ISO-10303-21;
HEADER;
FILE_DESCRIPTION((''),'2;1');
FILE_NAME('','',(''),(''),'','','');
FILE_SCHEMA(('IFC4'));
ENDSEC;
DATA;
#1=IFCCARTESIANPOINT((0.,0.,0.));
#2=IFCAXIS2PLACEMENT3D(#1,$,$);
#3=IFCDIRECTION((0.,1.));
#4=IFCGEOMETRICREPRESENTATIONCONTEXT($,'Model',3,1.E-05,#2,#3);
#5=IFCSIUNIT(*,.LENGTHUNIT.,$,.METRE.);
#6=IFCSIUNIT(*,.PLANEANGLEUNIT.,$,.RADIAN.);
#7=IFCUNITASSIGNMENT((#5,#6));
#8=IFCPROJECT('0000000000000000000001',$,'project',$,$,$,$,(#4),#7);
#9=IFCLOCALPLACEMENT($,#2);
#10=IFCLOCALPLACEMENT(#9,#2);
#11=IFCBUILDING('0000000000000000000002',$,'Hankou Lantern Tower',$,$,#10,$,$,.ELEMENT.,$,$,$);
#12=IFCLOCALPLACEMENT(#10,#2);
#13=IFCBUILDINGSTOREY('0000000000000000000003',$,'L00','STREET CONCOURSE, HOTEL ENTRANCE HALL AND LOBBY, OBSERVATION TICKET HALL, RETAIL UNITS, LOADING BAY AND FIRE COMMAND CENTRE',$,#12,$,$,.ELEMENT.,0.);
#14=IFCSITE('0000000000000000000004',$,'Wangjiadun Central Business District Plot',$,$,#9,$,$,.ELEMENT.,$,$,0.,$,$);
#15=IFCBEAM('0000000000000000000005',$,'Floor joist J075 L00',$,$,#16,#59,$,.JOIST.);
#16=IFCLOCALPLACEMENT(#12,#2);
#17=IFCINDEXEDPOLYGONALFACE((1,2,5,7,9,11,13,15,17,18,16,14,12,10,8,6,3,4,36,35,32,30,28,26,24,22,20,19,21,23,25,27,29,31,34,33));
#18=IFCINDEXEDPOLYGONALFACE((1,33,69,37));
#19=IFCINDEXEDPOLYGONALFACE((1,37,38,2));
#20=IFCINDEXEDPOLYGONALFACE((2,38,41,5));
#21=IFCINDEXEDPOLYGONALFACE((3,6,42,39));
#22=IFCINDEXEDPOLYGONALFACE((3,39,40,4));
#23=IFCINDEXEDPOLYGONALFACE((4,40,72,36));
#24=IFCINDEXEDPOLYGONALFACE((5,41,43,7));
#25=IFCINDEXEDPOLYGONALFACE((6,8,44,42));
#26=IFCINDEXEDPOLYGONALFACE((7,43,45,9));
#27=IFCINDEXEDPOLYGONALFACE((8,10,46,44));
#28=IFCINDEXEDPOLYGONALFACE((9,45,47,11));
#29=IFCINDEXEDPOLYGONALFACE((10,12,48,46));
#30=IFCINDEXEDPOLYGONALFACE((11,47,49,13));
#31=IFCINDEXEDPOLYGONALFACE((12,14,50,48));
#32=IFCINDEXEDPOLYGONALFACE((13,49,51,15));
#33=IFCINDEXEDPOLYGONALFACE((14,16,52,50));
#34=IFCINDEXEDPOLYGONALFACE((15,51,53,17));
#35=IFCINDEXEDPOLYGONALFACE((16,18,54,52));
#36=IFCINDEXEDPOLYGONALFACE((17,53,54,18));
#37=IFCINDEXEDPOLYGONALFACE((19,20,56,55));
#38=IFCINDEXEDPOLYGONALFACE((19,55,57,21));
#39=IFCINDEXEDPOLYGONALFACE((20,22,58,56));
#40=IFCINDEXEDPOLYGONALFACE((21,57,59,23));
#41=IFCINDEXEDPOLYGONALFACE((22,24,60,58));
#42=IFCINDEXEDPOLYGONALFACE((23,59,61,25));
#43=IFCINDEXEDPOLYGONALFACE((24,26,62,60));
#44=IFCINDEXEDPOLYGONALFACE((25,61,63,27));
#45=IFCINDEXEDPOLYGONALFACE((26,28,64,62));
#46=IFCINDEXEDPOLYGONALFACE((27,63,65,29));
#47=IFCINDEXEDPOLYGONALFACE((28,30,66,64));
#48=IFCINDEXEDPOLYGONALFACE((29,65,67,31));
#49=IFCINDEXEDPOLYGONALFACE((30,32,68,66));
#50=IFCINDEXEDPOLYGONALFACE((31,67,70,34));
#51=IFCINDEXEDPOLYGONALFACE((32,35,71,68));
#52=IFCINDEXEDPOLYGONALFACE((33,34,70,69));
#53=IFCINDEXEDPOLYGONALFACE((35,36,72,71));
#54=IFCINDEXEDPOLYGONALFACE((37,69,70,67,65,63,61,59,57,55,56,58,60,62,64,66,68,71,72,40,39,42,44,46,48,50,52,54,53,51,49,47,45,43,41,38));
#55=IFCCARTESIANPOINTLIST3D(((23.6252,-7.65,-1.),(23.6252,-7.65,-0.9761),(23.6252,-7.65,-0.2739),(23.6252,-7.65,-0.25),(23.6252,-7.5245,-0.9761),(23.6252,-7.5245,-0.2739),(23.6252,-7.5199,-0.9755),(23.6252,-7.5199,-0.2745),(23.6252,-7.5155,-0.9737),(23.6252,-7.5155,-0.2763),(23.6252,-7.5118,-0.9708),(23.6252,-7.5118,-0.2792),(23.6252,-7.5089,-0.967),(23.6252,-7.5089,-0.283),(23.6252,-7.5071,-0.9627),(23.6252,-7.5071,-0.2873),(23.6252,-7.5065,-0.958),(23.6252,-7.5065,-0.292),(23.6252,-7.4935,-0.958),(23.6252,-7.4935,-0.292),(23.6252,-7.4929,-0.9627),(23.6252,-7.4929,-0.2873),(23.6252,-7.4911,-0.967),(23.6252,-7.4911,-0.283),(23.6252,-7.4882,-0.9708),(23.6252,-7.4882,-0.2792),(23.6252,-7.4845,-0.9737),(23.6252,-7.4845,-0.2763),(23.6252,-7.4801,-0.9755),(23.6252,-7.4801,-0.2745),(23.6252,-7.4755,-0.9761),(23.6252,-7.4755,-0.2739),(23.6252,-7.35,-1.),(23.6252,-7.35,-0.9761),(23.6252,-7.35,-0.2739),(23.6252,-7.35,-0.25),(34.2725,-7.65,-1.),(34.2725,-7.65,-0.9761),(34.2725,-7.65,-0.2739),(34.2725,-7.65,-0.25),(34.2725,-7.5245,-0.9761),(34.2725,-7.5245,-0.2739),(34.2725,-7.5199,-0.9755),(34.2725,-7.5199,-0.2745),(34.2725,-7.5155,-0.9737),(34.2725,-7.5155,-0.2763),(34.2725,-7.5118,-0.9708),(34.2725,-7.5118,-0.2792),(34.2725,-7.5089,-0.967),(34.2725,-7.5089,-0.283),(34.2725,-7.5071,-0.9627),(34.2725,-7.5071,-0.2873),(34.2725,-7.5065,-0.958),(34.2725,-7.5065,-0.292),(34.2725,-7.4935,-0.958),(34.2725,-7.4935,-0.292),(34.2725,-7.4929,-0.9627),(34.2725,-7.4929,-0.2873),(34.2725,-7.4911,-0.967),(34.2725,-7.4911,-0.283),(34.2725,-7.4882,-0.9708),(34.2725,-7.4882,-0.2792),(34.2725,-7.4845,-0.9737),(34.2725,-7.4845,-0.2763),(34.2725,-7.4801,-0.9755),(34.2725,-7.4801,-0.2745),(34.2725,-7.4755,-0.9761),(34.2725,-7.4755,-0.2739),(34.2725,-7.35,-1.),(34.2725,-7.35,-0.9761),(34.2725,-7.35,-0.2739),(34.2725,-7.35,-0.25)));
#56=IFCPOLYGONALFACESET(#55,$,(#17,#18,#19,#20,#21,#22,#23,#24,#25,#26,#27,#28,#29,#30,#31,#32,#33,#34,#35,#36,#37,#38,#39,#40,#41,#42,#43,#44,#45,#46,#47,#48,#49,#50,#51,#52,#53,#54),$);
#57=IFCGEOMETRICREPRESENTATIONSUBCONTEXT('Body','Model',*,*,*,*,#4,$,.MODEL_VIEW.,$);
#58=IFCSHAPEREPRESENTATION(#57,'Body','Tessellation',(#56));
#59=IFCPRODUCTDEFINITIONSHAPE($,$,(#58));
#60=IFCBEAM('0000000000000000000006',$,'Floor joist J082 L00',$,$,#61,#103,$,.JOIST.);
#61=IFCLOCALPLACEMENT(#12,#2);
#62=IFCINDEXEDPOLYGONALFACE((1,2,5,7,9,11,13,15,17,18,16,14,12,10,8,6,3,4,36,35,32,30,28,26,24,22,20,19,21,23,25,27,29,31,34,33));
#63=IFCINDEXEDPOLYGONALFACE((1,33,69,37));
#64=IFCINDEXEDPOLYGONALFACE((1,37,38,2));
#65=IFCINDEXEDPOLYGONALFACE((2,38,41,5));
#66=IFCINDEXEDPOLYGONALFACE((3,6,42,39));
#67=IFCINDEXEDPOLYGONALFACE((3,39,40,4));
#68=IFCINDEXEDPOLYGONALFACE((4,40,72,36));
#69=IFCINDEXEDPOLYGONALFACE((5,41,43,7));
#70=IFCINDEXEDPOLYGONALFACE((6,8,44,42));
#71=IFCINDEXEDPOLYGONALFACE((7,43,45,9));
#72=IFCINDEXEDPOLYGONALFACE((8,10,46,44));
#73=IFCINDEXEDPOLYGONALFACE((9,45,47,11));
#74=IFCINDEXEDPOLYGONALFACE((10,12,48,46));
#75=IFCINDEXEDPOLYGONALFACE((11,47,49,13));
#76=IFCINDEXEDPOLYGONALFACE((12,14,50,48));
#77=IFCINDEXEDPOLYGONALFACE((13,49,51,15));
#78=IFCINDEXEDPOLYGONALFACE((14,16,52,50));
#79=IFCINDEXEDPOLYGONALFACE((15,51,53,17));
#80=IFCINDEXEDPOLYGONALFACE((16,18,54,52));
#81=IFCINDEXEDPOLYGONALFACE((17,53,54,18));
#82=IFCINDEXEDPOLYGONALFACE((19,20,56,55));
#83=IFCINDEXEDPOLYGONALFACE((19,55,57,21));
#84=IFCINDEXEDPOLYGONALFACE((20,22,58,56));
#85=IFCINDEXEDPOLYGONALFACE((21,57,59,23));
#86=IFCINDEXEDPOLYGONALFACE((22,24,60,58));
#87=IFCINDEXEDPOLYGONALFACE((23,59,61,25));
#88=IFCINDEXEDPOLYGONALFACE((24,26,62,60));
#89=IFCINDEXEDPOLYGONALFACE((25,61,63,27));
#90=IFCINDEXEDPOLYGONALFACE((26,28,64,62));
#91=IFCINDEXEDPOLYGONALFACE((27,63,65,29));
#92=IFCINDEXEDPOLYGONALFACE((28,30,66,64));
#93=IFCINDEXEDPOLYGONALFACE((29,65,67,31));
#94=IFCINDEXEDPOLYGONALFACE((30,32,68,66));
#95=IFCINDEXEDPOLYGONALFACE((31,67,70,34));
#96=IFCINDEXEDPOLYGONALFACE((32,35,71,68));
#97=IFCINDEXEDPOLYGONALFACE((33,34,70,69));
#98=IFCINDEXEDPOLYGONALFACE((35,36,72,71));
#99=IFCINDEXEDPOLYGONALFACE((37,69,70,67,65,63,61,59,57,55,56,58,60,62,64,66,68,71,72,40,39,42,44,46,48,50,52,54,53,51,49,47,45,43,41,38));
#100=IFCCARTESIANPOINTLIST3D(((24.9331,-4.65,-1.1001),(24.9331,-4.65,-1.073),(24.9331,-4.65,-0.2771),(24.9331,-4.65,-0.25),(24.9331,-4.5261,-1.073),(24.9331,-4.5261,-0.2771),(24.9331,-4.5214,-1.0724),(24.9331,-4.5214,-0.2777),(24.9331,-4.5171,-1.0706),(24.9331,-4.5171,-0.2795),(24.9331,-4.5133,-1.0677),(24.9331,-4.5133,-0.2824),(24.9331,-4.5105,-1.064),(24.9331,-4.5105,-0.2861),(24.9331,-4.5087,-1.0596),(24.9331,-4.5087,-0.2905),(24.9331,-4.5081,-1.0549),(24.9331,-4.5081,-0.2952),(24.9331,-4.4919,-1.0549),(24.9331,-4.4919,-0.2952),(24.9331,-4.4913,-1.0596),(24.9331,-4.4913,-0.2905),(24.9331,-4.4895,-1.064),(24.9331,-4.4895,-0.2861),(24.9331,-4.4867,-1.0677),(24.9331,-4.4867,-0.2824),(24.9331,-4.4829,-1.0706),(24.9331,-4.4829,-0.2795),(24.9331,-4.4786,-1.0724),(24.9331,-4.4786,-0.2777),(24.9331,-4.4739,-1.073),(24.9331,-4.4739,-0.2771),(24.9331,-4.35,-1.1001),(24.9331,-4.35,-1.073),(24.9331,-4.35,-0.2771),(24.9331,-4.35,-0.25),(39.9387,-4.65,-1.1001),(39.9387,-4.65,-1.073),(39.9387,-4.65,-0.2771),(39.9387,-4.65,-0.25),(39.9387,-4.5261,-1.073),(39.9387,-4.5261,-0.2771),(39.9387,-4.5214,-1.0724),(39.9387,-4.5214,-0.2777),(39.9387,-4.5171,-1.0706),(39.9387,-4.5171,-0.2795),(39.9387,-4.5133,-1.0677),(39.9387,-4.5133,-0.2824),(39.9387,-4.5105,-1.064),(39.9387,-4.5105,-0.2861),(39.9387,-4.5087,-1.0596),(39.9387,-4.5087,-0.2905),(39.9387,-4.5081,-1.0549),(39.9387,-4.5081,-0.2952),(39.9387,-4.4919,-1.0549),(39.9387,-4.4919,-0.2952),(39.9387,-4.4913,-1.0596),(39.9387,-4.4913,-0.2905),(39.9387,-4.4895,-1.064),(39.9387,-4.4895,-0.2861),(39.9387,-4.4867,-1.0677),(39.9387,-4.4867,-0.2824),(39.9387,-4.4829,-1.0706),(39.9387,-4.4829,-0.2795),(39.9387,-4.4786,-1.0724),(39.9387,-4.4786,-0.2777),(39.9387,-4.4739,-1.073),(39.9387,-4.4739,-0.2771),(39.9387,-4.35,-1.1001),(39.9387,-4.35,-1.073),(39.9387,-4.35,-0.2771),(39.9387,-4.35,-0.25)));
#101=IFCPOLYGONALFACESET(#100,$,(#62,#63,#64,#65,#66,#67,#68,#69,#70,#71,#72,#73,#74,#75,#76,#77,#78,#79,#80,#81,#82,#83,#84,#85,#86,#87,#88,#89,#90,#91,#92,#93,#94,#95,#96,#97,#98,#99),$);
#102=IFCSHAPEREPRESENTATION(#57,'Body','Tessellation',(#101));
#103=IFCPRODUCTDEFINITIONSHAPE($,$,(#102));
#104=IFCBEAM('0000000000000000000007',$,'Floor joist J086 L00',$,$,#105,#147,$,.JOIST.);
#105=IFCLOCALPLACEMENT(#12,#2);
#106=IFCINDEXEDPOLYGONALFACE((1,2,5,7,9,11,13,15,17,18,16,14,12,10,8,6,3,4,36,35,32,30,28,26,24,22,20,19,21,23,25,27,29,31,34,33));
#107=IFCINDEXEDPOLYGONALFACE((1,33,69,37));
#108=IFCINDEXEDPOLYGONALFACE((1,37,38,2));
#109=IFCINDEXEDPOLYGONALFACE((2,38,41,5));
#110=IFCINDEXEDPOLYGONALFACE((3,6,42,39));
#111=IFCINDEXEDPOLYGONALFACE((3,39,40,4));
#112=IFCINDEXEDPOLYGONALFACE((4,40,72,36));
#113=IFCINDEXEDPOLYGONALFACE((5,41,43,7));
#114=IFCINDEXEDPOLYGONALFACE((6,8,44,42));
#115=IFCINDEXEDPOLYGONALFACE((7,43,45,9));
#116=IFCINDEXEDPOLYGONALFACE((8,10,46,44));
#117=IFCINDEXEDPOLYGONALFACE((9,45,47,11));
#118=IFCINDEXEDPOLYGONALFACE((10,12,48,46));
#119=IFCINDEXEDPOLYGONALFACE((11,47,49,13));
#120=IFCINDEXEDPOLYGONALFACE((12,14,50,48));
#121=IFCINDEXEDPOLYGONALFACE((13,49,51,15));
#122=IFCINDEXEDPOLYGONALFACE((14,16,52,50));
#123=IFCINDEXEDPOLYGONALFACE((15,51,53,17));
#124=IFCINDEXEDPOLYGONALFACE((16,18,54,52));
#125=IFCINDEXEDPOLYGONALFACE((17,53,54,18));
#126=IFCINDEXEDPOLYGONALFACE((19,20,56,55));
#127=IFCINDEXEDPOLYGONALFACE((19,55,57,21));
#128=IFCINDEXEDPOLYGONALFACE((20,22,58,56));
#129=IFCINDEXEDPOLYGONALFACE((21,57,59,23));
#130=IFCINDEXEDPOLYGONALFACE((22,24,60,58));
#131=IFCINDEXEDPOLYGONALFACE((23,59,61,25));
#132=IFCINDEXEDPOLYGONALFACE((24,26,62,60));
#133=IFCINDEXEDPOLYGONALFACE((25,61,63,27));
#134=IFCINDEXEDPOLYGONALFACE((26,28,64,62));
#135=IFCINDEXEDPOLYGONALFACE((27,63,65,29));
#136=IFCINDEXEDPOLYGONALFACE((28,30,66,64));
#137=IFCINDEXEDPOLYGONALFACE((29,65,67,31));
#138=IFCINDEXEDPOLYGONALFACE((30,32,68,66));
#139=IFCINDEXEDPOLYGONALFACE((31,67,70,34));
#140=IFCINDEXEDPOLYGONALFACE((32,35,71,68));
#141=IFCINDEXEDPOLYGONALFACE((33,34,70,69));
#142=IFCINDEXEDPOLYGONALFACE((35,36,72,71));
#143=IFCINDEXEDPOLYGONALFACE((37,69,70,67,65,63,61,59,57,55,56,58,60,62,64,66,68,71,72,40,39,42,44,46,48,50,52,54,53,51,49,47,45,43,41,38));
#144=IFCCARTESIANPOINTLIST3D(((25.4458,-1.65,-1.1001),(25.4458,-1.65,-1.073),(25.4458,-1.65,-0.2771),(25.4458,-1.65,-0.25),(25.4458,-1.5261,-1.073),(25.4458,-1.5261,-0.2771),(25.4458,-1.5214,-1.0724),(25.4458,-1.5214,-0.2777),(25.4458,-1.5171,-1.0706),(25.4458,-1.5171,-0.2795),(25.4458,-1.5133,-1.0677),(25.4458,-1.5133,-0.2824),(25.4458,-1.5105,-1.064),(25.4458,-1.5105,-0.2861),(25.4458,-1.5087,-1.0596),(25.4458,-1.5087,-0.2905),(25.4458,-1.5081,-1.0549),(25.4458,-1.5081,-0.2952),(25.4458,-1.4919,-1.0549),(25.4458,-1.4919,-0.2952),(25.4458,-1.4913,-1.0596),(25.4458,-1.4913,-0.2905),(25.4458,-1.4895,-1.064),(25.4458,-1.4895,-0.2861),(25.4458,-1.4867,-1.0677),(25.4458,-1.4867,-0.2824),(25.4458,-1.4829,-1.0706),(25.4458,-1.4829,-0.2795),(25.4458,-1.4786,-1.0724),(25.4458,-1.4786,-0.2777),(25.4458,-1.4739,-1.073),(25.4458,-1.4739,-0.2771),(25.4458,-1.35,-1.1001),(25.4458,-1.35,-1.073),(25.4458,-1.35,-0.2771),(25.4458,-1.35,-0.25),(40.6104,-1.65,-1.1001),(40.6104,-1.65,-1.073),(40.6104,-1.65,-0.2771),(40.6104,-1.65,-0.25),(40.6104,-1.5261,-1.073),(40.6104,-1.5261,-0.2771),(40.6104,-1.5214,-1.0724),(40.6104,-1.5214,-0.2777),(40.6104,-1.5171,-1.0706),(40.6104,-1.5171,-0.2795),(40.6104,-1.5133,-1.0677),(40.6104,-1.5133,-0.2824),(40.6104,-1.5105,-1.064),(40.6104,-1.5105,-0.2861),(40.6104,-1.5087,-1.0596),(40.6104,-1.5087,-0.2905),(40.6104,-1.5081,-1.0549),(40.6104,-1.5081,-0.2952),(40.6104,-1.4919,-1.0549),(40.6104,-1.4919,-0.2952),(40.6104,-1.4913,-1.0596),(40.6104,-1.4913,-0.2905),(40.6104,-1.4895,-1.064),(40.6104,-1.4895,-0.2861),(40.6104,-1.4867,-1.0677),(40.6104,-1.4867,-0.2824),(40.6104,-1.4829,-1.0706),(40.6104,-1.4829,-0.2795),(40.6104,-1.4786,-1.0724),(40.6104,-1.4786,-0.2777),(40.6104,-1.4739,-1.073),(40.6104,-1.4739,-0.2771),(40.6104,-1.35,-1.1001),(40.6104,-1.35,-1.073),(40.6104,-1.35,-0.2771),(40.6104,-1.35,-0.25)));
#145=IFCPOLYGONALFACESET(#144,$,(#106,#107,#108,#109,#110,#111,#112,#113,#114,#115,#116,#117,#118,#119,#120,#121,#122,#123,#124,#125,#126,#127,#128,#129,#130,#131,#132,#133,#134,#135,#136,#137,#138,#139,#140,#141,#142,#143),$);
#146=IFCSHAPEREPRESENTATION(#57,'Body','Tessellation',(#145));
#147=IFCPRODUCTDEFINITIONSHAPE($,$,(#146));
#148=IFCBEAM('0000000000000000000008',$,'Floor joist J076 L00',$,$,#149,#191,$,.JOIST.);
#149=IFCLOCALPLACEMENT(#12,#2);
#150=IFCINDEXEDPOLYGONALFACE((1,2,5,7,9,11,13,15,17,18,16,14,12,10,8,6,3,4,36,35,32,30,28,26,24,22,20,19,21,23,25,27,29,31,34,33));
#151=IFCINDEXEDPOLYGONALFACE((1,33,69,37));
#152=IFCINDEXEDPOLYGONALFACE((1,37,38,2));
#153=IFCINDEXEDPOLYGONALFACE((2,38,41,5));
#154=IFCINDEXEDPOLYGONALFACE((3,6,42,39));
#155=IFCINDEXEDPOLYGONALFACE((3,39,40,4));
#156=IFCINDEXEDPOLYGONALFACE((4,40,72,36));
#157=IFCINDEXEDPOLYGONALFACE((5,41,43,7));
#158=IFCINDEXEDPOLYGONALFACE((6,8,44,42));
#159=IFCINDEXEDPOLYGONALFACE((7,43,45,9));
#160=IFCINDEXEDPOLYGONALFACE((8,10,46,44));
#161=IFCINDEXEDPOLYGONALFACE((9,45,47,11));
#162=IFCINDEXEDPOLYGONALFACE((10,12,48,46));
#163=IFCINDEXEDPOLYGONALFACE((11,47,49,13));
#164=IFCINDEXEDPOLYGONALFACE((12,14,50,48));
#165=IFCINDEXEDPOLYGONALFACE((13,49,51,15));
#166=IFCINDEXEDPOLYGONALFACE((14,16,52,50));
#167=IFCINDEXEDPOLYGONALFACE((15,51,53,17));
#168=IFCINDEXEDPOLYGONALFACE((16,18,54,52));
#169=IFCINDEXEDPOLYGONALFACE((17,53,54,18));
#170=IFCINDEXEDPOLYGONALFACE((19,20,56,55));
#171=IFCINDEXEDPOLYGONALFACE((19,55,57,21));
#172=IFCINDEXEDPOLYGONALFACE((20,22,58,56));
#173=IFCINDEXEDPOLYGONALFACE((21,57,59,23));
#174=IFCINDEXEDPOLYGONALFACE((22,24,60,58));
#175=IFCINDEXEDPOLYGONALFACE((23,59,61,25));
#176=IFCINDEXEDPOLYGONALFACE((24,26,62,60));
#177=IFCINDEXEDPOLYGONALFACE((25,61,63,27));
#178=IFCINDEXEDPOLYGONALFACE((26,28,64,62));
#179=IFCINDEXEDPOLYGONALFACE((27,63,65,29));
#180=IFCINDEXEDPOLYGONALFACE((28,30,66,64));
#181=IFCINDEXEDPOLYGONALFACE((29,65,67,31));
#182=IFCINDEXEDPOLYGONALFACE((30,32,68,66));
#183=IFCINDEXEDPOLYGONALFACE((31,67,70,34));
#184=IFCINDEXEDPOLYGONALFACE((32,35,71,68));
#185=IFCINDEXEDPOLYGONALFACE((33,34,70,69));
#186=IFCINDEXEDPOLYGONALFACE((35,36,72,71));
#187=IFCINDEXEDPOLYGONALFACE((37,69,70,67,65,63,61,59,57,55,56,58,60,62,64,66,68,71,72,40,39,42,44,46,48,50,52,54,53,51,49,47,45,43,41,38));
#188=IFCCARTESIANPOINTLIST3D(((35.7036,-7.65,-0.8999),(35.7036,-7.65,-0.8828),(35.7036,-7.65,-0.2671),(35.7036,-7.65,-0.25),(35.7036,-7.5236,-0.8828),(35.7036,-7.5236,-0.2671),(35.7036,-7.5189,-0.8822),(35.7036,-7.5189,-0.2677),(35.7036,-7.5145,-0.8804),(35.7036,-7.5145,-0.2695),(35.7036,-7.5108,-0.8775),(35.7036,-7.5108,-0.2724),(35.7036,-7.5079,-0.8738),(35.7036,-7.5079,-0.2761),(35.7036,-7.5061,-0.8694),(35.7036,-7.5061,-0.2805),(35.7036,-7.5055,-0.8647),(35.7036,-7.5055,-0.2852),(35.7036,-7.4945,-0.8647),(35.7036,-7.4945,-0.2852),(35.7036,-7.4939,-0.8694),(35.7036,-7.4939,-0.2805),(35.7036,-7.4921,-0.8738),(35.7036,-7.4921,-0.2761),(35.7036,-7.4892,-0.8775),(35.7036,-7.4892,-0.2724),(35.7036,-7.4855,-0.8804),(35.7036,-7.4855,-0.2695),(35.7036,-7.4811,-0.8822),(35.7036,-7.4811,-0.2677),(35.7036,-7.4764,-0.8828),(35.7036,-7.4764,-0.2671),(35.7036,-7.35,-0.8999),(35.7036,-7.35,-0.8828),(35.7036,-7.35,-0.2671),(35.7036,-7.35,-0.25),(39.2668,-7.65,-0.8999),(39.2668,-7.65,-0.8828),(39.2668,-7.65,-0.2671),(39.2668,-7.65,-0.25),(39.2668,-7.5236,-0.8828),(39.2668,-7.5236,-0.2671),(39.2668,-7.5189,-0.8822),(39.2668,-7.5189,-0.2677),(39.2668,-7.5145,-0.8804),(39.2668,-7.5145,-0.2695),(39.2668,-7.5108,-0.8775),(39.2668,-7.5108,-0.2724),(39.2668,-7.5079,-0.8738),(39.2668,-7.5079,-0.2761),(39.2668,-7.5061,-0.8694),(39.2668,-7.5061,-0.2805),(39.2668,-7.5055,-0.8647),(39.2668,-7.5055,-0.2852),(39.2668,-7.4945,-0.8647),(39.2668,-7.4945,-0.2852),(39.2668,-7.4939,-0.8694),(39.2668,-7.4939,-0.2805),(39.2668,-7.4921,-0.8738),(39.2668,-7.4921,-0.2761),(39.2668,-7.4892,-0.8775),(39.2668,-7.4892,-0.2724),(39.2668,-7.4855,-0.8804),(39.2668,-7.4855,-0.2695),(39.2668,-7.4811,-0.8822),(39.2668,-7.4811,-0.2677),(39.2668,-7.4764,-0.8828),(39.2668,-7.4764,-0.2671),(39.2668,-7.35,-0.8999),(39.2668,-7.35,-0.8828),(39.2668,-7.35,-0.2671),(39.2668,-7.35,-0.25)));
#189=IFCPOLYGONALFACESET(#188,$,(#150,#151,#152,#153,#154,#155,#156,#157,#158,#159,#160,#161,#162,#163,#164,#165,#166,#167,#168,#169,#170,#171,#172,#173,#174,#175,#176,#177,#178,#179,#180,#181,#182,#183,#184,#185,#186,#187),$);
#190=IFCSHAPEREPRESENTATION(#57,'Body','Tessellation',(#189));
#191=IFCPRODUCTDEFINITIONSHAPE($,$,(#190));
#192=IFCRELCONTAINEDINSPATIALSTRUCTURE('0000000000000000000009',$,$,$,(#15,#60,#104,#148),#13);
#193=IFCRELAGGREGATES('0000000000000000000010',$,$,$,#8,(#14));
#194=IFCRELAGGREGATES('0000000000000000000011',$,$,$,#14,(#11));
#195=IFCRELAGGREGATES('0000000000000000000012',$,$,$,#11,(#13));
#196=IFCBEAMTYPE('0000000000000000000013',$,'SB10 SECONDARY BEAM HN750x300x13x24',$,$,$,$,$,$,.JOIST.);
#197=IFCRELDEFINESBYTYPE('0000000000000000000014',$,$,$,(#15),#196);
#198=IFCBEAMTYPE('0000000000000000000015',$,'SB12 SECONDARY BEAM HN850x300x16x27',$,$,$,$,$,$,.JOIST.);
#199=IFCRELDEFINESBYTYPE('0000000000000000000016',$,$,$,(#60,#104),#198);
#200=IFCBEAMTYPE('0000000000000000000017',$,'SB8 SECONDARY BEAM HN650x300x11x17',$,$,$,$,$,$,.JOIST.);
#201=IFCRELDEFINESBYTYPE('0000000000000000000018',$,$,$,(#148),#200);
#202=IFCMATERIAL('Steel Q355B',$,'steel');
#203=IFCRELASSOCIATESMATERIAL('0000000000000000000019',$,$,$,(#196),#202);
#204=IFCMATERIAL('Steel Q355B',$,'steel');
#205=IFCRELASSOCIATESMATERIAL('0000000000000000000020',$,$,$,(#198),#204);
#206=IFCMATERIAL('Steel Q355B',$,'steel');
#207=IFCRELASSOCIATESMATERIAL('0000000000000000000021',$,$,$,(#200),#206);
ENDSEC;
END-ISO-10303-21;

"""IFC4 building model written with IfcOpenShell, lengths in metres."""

from ifc_helpers import new_model, si_unit, direction, frame, origin, origin_2d, place, context, subcontext, project, spatial, i_section, extrude, material, material_profile, profile_set, type_object, element, save


model = new_model("IFC4")

# Units and contexts
model_context = context("Model", 3, precision=1e-05, world=origin(), true_north=direction((0.0, 1.0)))
body_context = subcontext(model_context, "Body", "Model", "MODEL_VIEW")
ifc_project = project(units=[si_unit("LENGTHUNIT", "METRE"), si_unit("PLANEANGLEUNIT", "RADIAN")], contexts=[model_context])

# Site, building, storey
site_placement = place(None, origin())
site = spatial("IfcSite", under=ifc_project, at=site_placement, Name="Wangjiadun Central Business District Plot", CompositionType="ELEMENT", RefElevation=0.0)
building_placement = place(site_placement, origin())
building = spatial("IfcBuilding", under=site, at=building_placement, Name="Hankou Lantern Tower", CompositionType="ELEMENT")
storey_placement = place(building_placement, origin())
storey = spatial("IfcBuildingStorey", under=building, at=storey_placement, Name="L00", Description="STREET CONCOURSE, HOTEL ENTRANCE HALL AND LOBBY, OBSERVATION TICKET HALL, RETAIL UNITS, LOADING BAY AND FIRE COMMAND CENTRE", CompositionType="ELEMENT", Elevation=0.0)

# Beams
ifc_material_1 = material(Name="Steel Q355B", Category="steel")
ifc_material_profile_1 = material_profile(ifc_material_1, i_section(OverallWidth=0.3, OverallDepth=0.75, WebThickness=0.0129, FlangeThickness=0.0239, FilletRadius=0.0181, at=origin_2d()), Name="HN750x300x13x24")
ifc_profile_set_1 = profile_set([ifc_material_profile_1], Name="Steel Q355B")
beam_type_1 = type_object("IfcBeamType", Name="SB10 SECONDARY BEAM HN750x300x13x24", PredefinedType="JOIST", material=ifc_profile_set_1)
beam_1_placement = place(storey_placement, frame((23.6252, -7.5, -0.625), z_axis=(1.0, 0.0, 0.0), x_axis=(0.0, 1.0, 0.0)))
element("IfcBeam", 1, at=beam_1_placement, inside=storey, type_object=beam_type_1, Name="Floor joist J075 L00", PredefinedType="JOIST", context=body_context, shape_type="SweptSolid", body=[
    extrude(i_section(OverallWidth=0.3, OverallDepth=0.75, WebThickness=0.0129, FlangeThickness=0.0239, FilletRadius=0.0181, at=origin_2d()), origin(), (0.0, 0.0, 1.0), 10.6472),
])
ifc_material_2 = material(Name="Steel Q355B", Category="steel")
ifc_material_profile_2 = material_profile(ifc_material_2, i_section(OverallWidth=0.3, OverallDepth=0.8501, WebThickness=0.0161, FlangeThickness=0.0271, FilletRadius=0.0181, at=origin_2d()), Name="HN850x300x16x27")
ifc_profile_set_2 = profile_set([ifc_material_profile_2], Name="Steel Q355B")
beam_type_2 = type_object("IfcBeamType", Name="SB12 SECONDARY BEAM HN850x300x16x27", PredefinedType="JOIST", material=ifc_profile_set_2)
beam_2_placement = place(storey_placement, frame((24.9331, -4.5, -0.675), z_axis=(1.0, 0.0, 0.0), x_axis=(0.0, 1.0, 0.0)))
element("IfcBeam", 2, at=beam_2_placement, inside=storey, type_object=beam_type_2, Name="Floor joist J082 L00", PredefinedType="JOIST", context=body_context, shape_type="SweptSolid", body=[
    extrude(i_section(OverallWidth=0.3, OverallDepth=0.8501, WebThickness=0.0161, FlangeThickness=0.0271, FilletRadius=0.0181, at=origin_2d()), origin(), (0.0, 0.0, 1.0), 15.0056),
])
beam_3_placement = place(storey_placement, frame((25.4458, -1.5, -0.675), z_axis=(1.0, 0.0, 0.0), x_axis=(0.0, 1.0, 0.0)))
element("IfcBeam", 3, at=beam_3_placement, inside=storey, type_object=beam_type_2, Name="Floor joist J086 L00", PredefinedType="JOIST", context=body_context, shape_type="SweptSolid", body=[
    extrude(i_section(OverallWidth=0.3, OverallDepth=0.8501, WebThickness=0.0161, FlangeThickness=0.0271, FilletRadius=0.0181, at=origin_2d()), origin(), (0.0, 0.0, 1.0), 15.1646),
])
ifc_material_3 = material(Name="Steel Q355B", Category="steel")
ifc_material_profile_3 = material_profile(ifc_material_3, i_section(OverallWidth=0.3, OverallDepth=0.6499, WebThickness=0.011, FlangeThickness=0.0171, FilletRadius=0.0181, at=origin_2d()), Name="HN650x300x11x17")
ifc_profile_set_3 = profile_set([ifc_material_profile_3], Name="Steel Q355B")
beam_type_3 = type_object("IfcBeamType", Name="SB8 SECONDARY BEAM HN650x300x11x17", PredefinedType="JOIST", material=ifc_profile_set_3)
beam_4_placement = place(storey_placement, frame((35.7036, -7.5, -0.575), z_axis=(1.0, 0.0, 0.0), x_axis=(0.0, 1.0, 0.0)))
element("IfcBeam", 4, at=beam_4_placement, inside=storey, type_object=beam_type_3, Name="Floor joist J076 L00", PredefinedType="JOIST", context=body_context, shape_type="SweptSolid", body=[
    extrude(i_section(OverallWidth=0.3, OverallDepth=0.6499, WebThickness=0.011, FlangeThickness=0.0171, FilletRadius=0.0181, at=origin_2d()), origin(), (0.0, 0.0, 1.0), 3.5632),
])

save(model, "model.ifc")
